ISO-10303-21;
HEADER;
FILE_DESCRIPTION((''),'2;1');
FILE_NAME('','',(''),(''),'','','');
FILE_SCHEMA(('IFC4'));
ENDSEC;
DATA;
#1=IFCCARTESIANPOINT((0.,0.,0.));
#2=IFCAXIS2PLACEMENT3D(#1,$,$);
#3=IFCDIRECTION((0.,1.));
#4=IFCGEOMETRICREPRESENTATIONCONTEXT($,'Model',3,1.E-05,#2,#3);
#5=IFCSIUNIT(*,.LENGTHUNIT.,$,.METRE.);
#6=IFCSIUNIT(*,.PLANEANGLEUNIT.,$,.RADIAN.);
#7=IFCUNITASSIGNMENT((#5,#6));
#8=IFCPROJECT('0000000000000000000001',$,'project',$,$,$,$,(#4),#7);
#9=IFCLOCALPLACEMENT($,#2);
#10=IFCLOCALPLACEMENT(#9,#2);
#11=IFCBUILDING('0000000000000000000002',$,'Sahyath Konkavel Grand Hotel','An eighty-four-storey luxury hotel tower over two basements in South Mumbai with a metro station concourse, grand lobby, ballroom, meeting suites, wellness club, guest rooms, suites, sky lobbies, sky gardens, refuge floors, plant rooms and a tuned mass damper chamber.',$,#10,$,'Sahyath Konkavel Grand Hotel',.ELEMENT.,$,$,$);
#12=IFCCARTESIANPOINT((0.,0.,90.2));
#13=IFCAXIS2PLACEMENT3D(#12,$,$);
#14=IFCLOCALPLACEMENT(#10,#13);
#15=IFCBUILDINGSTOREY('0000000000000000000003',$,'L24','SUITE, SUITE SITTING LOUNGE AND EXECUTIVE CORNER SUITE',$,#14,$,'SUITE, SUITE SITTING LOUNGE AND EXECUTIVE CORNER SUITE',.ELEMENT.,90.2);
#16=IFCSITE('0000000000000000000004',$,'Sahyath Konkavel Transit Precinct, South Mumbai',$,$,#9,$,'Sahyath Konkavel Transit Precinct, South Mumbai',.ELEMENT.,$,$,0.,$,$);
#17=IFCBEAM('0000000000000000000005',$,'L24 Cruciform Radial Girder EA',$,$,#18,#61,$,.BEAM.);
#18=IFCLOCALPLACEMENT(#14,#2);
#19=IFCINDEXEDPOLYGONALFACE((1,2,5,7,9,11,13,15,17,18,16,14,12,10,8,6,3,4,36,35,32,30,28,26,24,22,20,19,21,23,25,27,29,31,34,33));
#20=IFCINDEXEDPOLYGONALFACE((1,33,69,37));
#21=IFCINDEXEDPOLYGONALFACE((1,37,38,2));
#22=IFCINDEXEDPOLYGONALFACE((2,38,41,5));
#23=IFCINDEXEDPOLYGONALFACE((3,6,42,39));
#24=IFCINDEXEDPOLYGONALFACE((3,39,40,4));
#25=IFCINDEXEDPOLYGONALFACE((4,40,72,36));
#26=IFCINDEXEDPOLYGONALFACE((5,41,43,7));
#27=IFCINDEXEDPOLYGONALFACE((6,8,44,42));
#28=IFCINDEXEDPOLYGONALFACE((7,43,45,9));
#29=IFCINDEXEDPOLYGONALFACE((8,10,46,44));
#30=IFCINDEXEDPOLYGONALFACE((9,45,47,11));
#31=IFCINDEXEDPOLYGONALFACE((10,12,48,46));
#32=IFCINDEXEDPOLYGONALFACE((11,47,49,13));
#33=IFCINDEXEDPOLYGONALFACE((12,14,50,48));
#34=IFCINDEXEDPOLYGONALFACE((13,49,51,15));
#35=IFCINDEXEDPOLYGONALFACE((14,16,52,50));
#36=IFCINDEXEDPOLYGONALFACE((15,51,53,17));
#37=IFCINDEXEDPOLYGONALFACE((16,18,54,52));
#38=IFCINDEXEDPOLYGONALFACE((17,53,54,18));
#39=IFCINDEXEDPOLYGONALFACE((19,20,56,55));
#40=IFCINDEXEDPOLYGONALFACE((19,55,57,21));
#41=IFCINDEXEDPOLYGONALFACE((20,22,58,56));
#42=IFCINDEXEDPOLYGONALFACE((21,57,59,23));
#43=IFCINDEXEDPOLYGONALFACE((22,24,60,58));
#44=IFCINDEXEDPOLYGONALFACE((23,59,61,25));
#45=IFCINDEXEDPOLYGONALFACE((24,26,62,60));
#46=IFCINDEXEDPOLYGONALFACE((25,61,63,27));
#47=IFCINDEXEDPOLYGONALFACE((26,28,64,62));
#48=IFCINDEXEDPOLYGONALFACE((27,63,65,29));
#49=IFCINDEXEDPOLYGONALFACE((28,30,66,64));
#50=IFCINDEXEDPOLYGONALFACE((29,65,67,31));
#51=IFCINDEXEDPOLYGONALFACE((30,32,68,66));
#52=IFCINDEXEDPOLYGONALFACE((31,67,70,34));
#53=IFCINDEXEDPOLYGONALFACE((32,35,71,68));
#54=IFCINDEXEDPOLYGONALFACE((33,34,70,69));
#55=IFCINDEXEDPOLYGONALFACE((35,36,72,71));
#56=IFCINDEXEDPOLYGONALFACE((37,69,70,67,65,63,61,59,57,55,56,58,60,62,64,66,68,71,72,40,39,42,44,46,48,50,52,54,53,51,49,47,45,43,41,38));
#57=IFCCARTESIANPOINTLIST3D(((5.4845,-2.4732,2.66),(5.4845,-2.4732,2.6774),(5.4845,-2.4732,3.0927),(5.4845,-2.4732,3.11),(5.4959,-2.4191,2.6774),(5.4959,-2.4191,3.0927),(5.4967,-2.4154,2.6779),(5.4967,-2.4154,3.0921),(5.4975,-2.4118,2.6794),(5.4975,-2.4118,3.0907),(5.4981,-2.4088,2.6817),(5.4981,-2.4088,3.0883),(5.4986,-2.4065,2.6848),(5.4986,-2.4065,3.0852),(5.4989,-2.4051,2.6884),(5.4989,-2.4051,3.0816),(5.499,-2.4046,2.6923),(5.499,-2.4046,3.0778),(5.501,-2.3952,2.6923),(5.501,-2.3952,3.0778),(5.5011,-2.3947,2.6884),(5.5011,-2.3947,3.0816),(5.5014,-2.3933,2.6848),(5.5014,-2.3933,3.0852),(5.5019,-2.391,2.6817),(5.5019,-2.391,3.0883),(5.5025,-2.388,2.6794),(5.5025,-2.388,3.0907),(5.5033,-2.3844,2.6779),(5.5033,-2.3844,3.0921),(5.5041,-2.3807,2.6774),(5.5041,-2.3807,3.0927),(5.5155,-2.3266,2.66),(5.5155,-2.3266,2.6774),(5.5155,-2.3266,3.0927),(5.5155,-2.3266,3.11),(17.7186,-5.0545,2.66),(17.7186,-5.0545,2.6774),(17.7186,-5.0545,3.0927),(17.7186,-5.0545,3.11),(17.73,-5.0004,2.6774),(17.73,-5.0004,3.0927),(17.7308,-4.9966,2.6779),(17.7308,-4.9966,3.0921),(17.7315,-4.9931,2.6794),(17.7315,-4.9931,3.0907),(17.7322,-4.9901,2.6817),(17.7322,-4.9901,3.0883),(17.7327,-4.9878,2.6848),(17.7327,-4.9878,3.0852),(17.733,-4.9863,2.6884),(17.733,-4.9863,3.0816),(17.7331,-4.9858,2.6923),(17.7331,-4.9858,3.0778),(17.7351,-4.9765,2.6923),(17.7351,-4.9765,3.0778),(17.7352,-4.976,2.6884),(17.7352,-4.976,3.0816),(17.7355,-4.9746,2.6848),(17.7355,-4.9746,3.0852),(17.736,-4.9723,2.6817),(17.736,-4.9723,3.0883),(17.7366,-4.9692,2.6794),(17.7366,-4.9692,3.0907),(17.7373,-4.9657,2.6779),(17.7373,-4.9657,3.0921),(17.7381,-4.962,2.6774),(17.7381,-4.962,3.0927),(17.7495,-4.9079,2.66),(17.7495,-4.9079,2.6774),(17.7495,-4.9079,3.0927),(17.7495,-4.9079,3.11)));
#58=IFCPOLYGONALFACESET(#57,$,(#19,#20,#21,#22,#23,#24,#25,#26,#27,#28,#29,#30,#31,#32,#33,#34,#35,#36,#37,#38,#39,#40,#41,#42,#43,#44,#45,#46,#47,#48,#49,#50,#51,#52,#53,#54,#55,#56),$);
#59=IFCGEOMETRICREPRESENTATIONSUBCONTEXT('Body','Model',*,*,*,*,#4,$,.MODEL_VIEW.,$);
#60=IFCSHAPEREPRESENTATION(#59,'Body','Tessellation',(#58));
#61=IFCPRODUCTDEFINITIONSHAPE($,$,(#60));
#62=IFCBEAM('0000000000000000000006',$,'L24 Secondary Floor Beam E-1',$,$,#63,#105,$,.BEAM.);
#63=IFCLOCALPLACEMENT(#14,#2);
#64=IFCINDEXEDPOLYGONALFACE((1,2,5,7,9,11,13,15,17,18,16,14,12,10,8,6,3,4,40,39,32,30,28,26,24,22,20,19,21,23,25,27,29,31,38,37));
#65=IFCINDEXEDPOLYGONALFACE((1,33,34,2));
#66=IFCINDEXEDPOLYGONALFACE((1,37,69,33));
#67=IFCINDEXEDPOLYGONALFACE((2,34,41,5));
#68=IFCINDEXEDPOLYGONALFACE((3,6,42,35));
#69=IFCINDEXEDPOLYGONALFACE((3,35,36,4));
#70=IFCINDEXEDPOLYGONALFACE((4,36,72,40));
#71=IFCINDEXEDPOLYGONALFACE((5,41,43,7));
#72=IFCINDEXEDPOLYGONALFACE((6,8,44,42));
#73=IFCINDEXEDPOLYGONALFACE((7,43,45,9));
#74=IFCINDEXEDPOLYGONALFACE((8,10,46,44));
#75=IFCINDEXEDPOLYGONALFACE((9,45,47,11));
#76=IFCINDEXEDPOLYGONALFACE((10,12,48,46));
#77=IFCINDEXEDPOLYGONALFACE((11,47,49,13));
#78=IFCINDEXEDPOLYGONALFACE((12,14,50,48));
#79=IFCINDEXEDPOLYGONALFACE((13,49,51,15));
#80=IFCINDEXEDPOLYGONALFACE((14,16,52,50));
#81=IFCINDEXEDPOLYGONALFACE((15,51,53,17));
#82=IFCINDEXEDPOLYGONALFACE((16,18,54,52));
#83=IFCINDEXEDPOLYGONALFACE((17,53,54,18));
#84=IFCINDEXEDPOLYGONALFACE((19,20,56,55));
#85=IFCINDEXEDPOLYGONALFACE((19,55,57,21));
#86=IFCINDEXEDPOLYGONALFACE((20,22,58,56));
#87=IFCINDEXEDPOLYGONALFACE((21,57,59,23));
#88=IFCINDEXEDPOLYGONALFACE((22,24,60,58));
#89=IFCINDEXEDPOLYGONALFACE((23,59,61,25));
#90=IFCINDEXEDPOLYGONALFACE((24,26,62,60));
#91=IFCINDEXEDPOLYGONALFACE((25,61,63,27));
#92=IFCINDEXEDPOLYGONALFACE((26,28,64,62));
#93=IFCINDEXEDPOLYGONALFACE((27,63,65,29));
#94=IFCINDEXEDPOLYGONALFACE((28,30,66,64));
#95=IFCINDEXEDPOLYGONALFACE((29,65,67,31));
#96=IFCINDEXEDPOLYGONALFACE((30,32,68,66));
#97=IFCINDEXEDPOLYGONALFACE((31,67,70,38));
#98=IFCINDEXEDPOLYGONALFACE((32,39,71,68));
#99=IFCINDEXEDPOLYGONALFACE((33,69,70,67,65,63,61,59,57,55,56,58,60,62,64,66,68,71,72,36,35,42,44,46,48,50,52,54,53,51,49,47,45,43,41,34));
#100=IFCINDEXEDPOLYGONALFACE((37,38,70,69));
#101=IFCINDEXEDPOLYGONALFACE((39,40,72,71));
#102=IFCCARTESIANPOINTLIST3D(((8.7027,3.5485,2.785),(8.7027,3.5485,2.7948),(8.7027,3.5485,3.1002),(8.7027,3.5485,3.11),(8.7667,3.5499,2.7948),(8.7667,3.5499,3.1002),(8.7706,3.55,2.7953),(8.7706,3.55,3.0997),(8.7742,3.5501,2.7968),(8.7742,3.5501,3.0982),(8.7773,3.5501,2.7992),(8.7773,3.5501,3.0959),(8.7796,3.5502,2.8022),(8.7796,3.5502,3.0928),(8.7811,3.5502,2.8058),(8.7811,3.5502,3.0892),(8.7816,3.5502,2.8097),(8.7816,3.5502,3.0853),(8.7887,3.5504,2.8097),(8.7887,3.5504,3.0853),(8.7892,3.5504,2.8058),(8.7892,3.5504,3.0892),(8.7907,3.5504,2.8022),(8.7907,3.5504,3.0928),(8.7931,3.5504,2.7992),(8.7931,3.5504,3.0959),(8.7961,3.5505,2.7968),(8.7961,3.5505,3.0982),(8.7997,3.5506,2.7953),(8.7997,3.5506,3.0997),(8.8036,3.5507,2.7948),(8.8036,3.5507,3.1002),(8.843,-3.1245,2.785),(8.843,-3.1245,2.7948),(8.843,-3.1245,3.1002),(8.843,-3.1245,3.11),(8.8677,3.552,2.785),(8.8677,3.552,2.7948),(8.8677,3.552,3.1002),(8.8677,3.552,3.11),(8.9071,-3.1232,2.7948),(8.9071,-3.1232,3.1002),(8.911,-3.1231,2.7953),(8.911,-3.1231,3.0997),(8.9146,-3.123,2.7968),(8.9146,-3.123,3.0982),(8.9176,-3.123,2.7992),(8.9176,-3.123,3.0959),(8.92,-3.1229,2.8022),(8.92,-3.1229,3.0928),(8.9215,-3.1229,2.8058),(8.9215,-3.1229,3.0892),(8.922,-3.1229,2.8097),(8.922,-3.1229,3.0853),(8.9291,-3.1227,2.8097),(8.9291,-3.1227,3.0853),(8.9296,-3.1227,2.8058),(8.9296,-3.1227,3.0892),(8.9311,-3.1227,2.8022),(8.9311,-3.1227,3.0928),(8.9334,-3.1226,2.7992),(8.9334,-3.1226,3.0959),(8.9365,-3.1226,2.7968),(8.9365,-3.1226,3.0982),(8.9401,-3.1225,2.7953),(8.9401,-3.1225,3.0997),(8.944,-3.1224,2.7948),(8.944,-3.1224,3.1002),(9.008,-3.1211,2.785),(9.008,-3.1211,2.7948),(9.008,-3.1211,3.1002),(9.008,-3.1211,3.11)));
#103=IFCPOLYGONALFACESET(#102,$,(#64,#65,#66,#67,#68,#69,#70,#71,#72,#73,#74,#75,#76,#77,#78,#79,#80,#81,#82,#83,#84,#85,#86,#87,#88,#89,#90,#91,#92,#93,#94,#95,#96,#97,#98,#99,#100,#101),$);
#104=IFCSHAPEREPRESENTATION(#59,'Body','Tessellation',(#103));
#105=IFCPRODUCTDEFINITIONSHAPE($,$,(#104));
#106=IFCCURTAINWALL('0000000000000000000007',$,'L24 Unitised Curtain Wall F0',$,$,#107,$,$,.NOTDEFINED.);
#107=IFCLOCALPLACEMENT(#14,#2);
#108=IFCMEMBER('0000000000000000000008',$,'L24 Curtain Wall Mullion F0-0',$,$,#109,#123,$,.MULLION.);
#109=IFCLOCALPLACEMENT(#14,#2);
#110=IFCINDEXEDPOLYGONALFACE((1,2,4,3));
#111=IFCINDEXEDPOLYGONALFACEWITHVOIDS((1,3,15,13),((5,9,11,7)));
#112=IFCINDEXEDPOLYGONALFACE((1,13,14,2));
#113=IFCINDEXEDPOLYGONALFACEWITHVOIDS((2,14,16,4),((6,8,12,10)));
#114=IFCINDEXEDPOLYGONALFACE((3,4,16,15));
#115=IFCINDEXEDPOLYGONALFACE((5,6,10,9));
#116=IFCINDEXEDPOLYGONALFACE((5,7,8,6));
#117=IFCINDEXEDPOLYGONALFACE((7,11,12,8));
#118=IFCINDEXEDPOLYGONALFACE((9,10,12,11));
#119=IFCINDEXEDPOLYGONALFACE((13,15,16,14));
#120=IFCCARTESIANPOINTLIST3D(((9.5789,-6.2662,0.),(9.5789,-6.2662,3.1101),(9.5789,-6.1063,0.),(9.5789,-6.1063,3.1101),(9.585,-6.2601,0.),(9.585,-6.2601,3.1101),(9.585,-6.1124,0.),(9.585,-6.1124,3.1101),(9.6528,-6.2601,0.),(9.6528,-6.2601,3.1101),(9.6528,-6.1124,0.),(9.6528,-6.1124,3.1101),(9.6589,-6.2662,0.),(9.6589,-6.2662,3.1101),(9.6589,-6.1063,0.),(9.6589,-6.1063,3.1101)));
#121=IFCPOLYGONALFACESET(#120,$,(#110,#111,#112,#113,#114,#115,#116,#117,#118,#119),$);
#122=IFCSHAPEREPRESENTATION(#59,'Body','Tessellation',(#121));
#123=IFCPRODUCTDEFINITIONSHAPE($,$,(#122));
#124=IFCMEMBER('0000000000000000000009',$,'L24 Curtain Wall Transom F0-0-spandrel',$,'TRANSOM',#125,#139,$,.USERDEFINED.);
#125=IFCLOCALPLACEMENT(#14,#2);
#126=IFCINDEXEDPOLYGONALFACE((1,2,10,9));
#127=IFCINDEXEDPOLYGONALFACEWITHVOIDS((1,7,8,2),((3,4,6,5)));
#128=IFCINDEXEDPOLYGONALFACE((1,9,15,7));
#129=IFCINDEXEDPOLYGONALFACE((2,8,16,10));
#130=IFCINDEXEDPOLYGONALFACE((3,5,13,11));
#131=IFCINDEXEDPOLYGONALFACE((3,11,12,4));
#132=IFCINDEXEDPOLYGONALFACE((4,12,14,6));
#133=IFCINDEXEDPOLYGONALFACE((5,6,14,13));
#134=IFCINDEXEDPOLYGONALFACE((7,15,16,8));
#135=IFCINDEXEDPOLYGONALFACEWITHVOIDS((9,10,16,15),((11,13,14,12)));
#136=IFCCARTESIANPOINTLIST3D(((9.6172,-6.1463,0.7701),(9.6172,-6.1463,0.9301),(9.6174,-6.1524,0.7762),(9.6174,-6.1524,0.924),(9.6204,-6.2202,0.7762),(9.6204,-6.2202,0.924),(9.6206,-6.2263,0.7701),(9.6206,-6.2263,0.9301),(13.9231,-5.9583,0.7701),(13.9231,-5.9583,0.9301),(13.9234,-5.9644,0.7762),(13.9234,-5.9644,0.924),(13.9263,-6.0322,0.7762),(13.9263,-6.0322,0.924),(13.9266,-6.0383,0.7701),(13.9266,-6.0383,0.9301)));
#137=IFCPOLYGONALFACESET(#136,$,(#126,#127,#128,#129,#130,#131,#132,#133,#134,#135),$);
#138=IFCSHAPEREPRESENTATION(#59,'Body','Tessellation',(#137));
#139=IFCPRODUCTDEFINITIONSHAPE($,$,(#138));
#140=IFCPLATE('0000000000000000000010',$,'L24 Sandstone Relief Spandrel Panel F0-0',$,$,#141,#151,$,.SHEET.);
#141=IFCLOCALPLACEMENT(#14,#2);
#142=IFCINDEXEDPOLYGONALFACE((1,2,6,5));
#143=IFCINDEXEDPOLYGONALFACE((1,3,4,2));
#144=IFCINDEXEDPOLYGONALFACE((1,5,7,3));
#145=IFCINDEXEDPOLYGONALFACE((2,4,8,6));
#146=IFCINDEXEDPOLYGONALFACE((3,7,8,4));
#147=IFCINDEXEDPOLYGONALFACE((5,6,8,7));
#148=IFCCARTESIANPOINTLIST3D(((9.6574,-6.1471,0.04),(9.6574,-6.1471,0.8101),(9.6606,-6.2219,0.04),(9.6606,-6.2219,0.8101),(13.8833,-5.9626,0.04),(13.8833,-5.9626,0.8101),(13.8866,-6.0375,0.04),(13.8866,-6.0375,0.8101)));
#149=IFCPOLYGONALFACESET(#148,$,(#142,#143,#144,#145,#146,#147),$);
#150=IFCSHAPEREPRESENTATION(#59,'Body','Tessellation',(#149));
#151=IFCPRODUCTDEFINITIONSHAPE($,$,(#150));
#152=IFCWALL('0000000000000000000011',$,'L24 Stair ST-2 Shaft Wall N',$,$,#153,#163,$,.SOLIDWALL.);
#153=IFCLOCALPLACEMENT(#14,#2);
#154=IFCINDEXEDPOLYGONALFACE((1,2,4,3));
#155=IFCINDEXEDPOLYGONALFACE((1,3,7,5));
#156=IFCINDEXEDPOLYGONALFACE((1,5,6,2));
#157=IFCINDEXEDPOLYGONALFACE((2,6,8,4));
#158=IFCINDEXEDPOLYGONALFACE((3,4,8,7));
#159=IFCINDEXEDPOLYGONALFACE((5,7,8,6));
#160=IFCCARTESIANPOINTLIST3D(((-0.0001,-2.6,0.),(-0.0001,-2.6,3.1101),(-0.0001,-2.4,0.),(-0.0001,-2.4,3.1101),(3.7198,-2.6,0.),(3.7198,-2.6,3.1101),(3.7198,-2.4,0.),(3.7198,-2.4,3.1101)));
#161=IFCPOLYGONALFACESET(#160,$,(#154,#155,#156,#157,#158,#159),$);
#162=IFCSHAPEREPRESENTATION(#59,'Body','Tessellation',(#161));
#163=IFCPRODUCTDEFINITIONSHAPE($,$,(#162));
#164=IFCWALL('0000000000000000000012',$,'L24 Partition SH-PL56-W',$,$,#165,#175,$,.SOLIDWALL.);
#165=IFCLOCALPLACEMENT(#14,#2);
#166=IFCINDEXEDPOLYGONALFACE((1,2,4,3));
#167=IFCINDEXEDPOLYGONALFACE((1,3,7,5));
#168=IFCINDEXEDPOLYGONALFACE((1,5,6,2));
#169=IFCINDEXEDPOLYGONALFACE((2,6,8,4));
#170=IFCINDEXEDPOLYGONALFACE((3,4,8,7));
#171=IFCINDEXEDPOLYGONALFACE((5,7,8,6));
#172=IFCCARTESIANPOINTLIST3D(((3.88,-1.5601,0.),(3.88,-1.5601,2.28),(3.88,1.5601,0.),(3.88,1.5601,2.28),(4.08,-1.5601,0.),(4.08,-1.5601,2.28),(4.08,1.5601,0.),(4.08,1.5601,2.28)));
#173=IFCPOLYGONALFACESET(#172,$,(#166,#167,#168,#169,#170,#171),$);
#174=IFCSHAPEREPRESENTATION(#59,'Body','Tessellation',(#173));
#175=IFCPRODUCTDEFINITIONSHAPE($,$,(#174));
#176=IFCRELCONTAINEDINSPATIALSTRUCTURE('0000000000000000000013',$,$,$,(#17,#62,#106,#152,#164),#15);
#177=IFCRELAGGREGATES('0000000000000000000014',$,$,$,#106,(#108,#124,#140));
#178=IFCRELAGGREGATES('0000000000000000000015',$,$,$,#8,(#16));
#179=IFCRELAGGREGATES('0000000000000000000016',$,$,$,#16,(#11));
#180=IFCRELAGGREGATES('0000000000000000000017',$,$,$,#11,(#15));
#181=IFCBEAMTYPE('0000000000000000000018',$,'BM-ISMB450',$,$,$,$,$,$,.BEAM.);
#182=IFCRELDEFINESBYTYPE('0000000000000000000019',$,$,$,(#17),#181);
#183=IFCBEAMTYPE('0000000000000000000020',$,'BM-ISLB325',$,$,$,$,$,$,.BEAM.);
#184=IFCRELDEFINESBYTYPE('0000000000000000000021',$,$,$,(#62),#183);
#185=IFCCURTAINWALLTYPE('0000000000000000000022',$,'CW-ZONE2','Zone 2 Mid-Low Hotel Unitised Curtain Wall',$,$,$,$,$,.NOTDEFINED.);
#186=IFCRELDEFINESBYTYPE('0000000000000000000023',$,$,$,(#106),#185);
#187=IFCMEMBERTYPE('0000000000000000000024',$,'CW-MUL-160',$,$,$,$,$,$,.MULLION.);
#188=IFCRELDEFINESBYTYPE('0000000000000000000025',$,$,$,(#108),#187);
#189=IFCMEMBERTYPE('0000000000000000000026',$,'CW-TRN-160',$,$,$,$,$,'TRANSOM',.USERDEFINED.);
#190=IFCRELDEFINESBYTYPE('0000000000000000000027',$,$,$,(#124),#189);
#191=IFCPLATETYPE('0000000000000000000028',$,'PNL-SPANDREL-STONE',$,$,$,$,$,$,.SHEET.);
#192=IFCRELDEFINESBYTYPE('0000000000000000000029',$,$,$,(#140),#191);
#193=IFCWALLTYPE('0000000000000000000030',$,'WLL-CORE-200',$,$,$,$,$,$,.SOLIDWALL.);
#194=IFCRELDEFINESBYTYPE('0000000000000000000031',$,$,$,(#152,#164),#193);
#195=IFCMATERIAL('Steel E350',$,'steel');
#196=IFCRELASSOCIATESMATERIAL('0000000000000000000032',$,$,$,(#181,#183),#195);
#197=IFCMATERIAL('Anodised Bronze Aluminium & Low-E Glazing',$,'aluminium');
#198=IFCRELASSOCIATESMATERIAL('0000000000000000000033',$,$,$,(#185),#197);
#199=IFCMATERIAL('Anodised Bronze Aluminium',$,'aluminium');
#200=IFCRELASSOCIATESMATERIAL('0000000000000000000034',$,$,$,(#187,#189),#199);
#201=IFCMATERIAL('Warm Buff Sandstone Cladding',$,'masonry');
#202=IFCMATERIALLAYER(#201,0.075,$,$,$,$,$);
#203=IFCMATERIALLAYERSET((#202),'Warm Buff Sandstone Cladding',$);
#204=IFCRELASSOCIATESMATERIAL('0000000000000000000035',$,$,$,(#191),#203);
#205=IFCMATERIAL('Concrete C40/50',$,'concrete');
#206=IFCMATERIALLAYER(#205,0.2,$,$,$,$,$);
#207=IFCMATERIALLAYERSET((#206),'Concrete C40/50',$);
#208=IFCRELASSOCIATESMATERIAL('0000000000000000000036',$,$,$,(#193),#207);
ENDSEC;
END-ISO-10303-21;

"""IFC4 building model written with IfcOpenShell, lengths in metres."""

from ifc_helpers import new_model, si_unit, direction, frame, frame_2d, origin, origin_2d, place, context, subcontext, project, spatial, rectangle, hollow_rectangle, i_section, extrude, source, transform, mapped, material, layer, layer_set, material_profile, profile_set, type_object, element, aggregate, save


model = new_model("IFC4")

# Units and contexts
model_context = context("Model", 3, precision=1e-05, world=origin(), true_north=direction((0.0, 1.0)))
body_context = subcontext(model_context, "Body", "Model", "MODEL_VIEW")
ifc_project = project(units=[si_unit("LENGTHUNIT", "METRE"), si_unit("PLANEANGLEUNIT", "RADIAN")], contexts=[model_context])

# Site, building, storey
site_placement = place(None, origin())
site = spatial("IfcSite", under=ifc_project, at=site_placement, Name="Sahyath Konkavel Transit Precinct, South Mumbai", LongName="Sahyath Konkavel Transit Precinct, South Mumbai", CompositionType="ELEMENT", RefElevation=0.0)
building_placement = place(site_placement, origin())
building = spatial("IfcBuilding", under=site, at=building_placement, Name="Sahyath Konkavel Grand Hotel", Description="An eighty-four-storey luxury hotel tower over two basements in South Mumbai with a metro station concourse, grand lobby, ballroom, meeting suites, wellness club, guest rooms, suites, sky lobbies, sky gardens, refuge floors, plant rooms and a tuned mass damper chamber.", LongName="Sahyath Konkavel Grand Hotel", CompositionType="ELEMENT")
storey_placement = place(building_placement, frame((0.0, 0.0, 90.2)))
storey = spatial("IfcBuildingStorey", under=building, at=storey_placement, Name="L24", Description="SUITE, SUITE SITTING LOUNGE AND EXECUTIVE CORNER SUITE", LongName="SUITE, SUITE SITTING LOUNGE AND EXECUTIVE CORNER SUITE", CompositionType="ELEMENT", Elevation=90.2)

# Beams
ifc_material_1 = material(Name="Steel E350", Category="steel")
ifc_material_profile_1 = material_profile(ifc_material_1, i_section(OverallWidth=0.1499, OverallDepth=0.45, WebThickness=0.0095, FlangeThickness=0.0173, FilletRadius=0.0149, at=origin_2d()), Name="ISMB 450")
ifc_profile_set_1 = profile_set([ifc_material_profile_1], Name="Steel E350")
beam_type_1 = type_object("IfcBeamType", Name="BM-ISMB450", PredefinedType="BEAM", material=ifc_profile_set_1)
shared_shape_1 = source(origin(), body_context, "Body", "SweptSolid", [
    extrude(i_section(OverallWidth=0.1499, OverallDepth=0.45, WebThickness=0.0095, FlangeThickness=0.0173, FilletRadius=0.0149, at=origin_2d()), origin(), (0.0, 0.0, 1.0), 12.5034),
])
beam_1_placement = place(storey_placement, frame((5.5, -2.3999, 2.885), z_axis=(0.978458, -0.206446, 0.0), x_axis=(0.206446, 0.978458, 0.0)))
element("IfcBeam", 1, at=beam_1_placement, inside=storey, type_object=beam_type_1, Name="L24 Cruciform Radial Girder EA", PredefinedType="BEAM", context=body_context, shape_type="MappedRepresentation", body=[
    mapped(shared_shape_1, transform((0.0, 0.0, 0.0), scale=1.0)),
])
ifc_material_profile_2 = material_profile(ifc_material_1, i_section(OverallWidth=0.165, OverallDepth=0.325, WebThickness=0.0071, FlangeThickness=0.0098, FilletRadius=0.0149, at=origin_2d()), Name="ISLB 325")
ifc_profile_set_2 = profile_set([ifc_material_profile_2], Name="Steel E350")
beam_type_2 = type_object("IfcBeamType", Name="BM-ISLB325", PredefinedType="BEAM", material=ifc_profile_set_2)
shared_shape_2 = source(origin(), body_context, "Body", "SweptSolid", [
    extrude(i_section(OverallWidth=0.165, OverallDepth=0.325, WebThickness=0.0071, FlangeThickness=0.0098, FilletRadius=0.0149, at=origin_2d()), origin(), (0.0, 0.0, 1.0), 6.6746),
])
beam_2_placement = place(storey_placement, frame((8.9255, -3.1228, 2.9475), z_axis=(-0.021032, 0.999779, 0.0), x_axis=(-0.999779, -0.021032, 0.0)))
element("IfcBeam", 2, at=beam_2_placement, inside=storey, type_object=beam_type_2, Name="L24 Secondary Floor Beam E-1", PredefinedType="BEAM", context=body_context, shape_type="MappedRepresentation", body=[
    mapped(shared_shape_2, transform((0.0, 0.0, 0.0), scale=1.0)),
])

# Curtain wall, members, plate
ifc_material_2 = material(Name="Anodised Bronze Aluminium & Low-E Glazing", Category="aluminium")
curtain_wall_type = type_object("IfcCurtainWallType", Name="CW-ZONE2", Description="Zone 2 Mid-Low Hotel Unitised Curtain Wall", PredefinedType="NOTDEFINED", material=ifc_material_2)
curtain_wall_placement = place(storey_placement, origin())
curtain_wall = element("IfcCurtainWall", 3, at=curtain_wall_placement, inside=storey, type_object=curtain_wall_type, Name="L24 Unitised Curtain Wall F0", PredefinedType="NOTDEFINED")
ifc_material_3 = material(Name="Anodised Bronze Aluminium", Category="aluminium")
ifc_material_profile_3 = material_profile(ifc_material_3, hollow_rectangle(XDim=0.0801, YDim=0.1599, WallThickness=0.0061, at=origin_2d()), Name="RHS 160x80x6")
ifc_profile_set_3 = profile_set([ifc_material_profile_3], Name="Anodised Bronze Aluminium")
member_type_1 = type_object("IfcMemberType", Name="CW-MUL-160", PredefinedType="MULLION", material=ifc_profile_set_3)
shared_shape_3 = source(origin(), body_context, "Body", "SweptSolid", [
    extrude(hollow_rectangle(XDim=0.0801, YDim=0.1599, WallThickness=0.0061, at=origin_2d()), origin(), (0.0, 0.0, 1.0), 3.1101),
])
member_1_placement = place(storey_placement, frame((9.6189, -6.1863, 0.0), z_axis=(0.0, 0.0, 1.0), x_axis=(1.0, 0.0, 0.0)))
member_1 = element("IfcMember", 4, at=member_1_placement, type_object=member_type_1, Name="L24 Curtain Wall Mullion F0-0", PredefinedType="MULLION", context=body_context, shape_type="MappedRepresentation", body=[
    mapped(shared_shape_3, transform((0.0, 0.0, 0.0), scale=1.0)),
])
ifc_material_profile_4 = material_profile(ifc_material_3, hollow_rectangle(XDim=0.0801, YDim=0.1599, WallThickness=0.0061, at=origin_2d()), Name="RHS 160x80x6")
ifc_profile_set_4 = profile_set([ifc_material_profile_4], Name="Anodised Bronze Aluminium")
member_type_2 = type_object("IfcMemberType", Name="CW-TRN-160", ElementType="TRANSOM", PredefinedType="USERDEFINED", material=ifc_profile_set_4)
shared_shape_4 = source(origin(), body_context, "Body", "SweptSolid", [
    extrude(hollow_rectangle(XDim=0.0801, YDim=0.1599, WallThickness=0.0061, at=origin_2d()), origin(), (0.0, 0.0, 1.0), 4.3101),
])
member_2_placement = place(storey_placement, frame((9.6189, -6.1863, 0.8501), z_axis=(0.999048, 0.043617, 0.0), x_axis=(-0.043617, 0.999048, 0.0)))
member_2 = element("IfcMember", 5, at=member_2_placement, type_object=member_type_2, Name="L24 Curtain Wall Transom F0-0-spandrel", ObjectType="TRANSOM", PredefinedType="USERDEFINED", context=body_context, shape_type="MappedRepresentation", body=[
    mapped(shared_shape_4, transform((0.0, 0.0, 0.0), scale=1.0)),
])
ifc_material_4 = material(Name="Warm Buff Sandstone Cladding", Category="masonry")
ifc_layer_1 = layer(ifc_material_4, 0.075)
ifc_layer_set_1 = layer_set([ifc_layer_1], Name="Warm Buff Sandstone Cladding")
plate_type = type_object("IfcPlateType", Name="PNL-SPANDREL-STONE", PredefinedType="SHEET", material=ifc_layer_set_1)
shared_shape_5 = source(origin(), body_context, "Body", "SweptSolid", [
    extrude(rectangle(XDim=4.23, YDim=0.075, at=origin_2d()), origin(), (0.0, 0.0, 1.0), 0.77),
])
plate_placement = place(storey_placement, frame((11.772, -6.0923, 0.04), z_axis=(0.0, 0.0, 1.0), x_axis=(0.999049, 0.043602, 0.0)))
plate = element("IfcPlate", 6, at=plate_placement, type_object=plate_type, Name="L24 Sandstone Relief Spandrel Panel F0-0", PredefinedType="SHEET", context=body_context, shape_type="MappedRepresentation", body=[
    mapped(shared_shape_5, transform((0.0, 0.0, 0.0), scale=1.0)),
])
aggregate(curtain_wall, [member_1, member_2, plate])

# Walls
ifc_material_5 = material(Name="Concrete C40/50", Category="concrete")
ifc_layer_2 = layer(ifc_material_5, 0.2)
ifc_layer_set_2 = layer_set([ifc_layer_2], Name="Concrete C40/50")
wall_type_1 = type_object("IfcWallType", Name="WLL-CORE-200", PredefinedType="SOLIDWALL", material=ifc_layer_set_2)
wall_1_placement = place(storey_placement, frame((0.0, -2.5, 0.0), z_axis=(0.0, 0.0, 1.0), x_axis=(1.0, 0.0, 0.0)))
element("IfcWall", 7, at=wall_1_placement, inside=storey, type_object=wall_type_1, Name="L24 Stair ST-2 Shaft Wall N", PredefinedType="SOLIDWALL", context=body_context, shape_type="SweptSolid", body=[
    extrude(rectangle(XDim=3.72, YDim=0.2, at=frame_2d((1.8599, 0.0))), origin(), (0.0, 0.0, 1.0), 3.1101),
])
wall_2_placement = place(storey_placement, frame((3.98, -1.5601, 0.0), z_axis=(0.0, 0.0, 1.0), x_axis=(0.0, 1.0, 0.0)))
element("IfcWall", 8, at=wall_2_placement, inside=storey, type_object=wall_type_1, Name="L24 Partition SH-PL56-W", PredefinedType="SOLIDWALL", context=body_context, shape_type="SweptSolid", body=[
    extrude(rectangle(XDim=3.1201, YDim=0.2, at=frame_2d((1.5601, 0.0))), origin(), (0.0, 0.0, 1.0), 2.28),
])

save(model, "model.ifc")
